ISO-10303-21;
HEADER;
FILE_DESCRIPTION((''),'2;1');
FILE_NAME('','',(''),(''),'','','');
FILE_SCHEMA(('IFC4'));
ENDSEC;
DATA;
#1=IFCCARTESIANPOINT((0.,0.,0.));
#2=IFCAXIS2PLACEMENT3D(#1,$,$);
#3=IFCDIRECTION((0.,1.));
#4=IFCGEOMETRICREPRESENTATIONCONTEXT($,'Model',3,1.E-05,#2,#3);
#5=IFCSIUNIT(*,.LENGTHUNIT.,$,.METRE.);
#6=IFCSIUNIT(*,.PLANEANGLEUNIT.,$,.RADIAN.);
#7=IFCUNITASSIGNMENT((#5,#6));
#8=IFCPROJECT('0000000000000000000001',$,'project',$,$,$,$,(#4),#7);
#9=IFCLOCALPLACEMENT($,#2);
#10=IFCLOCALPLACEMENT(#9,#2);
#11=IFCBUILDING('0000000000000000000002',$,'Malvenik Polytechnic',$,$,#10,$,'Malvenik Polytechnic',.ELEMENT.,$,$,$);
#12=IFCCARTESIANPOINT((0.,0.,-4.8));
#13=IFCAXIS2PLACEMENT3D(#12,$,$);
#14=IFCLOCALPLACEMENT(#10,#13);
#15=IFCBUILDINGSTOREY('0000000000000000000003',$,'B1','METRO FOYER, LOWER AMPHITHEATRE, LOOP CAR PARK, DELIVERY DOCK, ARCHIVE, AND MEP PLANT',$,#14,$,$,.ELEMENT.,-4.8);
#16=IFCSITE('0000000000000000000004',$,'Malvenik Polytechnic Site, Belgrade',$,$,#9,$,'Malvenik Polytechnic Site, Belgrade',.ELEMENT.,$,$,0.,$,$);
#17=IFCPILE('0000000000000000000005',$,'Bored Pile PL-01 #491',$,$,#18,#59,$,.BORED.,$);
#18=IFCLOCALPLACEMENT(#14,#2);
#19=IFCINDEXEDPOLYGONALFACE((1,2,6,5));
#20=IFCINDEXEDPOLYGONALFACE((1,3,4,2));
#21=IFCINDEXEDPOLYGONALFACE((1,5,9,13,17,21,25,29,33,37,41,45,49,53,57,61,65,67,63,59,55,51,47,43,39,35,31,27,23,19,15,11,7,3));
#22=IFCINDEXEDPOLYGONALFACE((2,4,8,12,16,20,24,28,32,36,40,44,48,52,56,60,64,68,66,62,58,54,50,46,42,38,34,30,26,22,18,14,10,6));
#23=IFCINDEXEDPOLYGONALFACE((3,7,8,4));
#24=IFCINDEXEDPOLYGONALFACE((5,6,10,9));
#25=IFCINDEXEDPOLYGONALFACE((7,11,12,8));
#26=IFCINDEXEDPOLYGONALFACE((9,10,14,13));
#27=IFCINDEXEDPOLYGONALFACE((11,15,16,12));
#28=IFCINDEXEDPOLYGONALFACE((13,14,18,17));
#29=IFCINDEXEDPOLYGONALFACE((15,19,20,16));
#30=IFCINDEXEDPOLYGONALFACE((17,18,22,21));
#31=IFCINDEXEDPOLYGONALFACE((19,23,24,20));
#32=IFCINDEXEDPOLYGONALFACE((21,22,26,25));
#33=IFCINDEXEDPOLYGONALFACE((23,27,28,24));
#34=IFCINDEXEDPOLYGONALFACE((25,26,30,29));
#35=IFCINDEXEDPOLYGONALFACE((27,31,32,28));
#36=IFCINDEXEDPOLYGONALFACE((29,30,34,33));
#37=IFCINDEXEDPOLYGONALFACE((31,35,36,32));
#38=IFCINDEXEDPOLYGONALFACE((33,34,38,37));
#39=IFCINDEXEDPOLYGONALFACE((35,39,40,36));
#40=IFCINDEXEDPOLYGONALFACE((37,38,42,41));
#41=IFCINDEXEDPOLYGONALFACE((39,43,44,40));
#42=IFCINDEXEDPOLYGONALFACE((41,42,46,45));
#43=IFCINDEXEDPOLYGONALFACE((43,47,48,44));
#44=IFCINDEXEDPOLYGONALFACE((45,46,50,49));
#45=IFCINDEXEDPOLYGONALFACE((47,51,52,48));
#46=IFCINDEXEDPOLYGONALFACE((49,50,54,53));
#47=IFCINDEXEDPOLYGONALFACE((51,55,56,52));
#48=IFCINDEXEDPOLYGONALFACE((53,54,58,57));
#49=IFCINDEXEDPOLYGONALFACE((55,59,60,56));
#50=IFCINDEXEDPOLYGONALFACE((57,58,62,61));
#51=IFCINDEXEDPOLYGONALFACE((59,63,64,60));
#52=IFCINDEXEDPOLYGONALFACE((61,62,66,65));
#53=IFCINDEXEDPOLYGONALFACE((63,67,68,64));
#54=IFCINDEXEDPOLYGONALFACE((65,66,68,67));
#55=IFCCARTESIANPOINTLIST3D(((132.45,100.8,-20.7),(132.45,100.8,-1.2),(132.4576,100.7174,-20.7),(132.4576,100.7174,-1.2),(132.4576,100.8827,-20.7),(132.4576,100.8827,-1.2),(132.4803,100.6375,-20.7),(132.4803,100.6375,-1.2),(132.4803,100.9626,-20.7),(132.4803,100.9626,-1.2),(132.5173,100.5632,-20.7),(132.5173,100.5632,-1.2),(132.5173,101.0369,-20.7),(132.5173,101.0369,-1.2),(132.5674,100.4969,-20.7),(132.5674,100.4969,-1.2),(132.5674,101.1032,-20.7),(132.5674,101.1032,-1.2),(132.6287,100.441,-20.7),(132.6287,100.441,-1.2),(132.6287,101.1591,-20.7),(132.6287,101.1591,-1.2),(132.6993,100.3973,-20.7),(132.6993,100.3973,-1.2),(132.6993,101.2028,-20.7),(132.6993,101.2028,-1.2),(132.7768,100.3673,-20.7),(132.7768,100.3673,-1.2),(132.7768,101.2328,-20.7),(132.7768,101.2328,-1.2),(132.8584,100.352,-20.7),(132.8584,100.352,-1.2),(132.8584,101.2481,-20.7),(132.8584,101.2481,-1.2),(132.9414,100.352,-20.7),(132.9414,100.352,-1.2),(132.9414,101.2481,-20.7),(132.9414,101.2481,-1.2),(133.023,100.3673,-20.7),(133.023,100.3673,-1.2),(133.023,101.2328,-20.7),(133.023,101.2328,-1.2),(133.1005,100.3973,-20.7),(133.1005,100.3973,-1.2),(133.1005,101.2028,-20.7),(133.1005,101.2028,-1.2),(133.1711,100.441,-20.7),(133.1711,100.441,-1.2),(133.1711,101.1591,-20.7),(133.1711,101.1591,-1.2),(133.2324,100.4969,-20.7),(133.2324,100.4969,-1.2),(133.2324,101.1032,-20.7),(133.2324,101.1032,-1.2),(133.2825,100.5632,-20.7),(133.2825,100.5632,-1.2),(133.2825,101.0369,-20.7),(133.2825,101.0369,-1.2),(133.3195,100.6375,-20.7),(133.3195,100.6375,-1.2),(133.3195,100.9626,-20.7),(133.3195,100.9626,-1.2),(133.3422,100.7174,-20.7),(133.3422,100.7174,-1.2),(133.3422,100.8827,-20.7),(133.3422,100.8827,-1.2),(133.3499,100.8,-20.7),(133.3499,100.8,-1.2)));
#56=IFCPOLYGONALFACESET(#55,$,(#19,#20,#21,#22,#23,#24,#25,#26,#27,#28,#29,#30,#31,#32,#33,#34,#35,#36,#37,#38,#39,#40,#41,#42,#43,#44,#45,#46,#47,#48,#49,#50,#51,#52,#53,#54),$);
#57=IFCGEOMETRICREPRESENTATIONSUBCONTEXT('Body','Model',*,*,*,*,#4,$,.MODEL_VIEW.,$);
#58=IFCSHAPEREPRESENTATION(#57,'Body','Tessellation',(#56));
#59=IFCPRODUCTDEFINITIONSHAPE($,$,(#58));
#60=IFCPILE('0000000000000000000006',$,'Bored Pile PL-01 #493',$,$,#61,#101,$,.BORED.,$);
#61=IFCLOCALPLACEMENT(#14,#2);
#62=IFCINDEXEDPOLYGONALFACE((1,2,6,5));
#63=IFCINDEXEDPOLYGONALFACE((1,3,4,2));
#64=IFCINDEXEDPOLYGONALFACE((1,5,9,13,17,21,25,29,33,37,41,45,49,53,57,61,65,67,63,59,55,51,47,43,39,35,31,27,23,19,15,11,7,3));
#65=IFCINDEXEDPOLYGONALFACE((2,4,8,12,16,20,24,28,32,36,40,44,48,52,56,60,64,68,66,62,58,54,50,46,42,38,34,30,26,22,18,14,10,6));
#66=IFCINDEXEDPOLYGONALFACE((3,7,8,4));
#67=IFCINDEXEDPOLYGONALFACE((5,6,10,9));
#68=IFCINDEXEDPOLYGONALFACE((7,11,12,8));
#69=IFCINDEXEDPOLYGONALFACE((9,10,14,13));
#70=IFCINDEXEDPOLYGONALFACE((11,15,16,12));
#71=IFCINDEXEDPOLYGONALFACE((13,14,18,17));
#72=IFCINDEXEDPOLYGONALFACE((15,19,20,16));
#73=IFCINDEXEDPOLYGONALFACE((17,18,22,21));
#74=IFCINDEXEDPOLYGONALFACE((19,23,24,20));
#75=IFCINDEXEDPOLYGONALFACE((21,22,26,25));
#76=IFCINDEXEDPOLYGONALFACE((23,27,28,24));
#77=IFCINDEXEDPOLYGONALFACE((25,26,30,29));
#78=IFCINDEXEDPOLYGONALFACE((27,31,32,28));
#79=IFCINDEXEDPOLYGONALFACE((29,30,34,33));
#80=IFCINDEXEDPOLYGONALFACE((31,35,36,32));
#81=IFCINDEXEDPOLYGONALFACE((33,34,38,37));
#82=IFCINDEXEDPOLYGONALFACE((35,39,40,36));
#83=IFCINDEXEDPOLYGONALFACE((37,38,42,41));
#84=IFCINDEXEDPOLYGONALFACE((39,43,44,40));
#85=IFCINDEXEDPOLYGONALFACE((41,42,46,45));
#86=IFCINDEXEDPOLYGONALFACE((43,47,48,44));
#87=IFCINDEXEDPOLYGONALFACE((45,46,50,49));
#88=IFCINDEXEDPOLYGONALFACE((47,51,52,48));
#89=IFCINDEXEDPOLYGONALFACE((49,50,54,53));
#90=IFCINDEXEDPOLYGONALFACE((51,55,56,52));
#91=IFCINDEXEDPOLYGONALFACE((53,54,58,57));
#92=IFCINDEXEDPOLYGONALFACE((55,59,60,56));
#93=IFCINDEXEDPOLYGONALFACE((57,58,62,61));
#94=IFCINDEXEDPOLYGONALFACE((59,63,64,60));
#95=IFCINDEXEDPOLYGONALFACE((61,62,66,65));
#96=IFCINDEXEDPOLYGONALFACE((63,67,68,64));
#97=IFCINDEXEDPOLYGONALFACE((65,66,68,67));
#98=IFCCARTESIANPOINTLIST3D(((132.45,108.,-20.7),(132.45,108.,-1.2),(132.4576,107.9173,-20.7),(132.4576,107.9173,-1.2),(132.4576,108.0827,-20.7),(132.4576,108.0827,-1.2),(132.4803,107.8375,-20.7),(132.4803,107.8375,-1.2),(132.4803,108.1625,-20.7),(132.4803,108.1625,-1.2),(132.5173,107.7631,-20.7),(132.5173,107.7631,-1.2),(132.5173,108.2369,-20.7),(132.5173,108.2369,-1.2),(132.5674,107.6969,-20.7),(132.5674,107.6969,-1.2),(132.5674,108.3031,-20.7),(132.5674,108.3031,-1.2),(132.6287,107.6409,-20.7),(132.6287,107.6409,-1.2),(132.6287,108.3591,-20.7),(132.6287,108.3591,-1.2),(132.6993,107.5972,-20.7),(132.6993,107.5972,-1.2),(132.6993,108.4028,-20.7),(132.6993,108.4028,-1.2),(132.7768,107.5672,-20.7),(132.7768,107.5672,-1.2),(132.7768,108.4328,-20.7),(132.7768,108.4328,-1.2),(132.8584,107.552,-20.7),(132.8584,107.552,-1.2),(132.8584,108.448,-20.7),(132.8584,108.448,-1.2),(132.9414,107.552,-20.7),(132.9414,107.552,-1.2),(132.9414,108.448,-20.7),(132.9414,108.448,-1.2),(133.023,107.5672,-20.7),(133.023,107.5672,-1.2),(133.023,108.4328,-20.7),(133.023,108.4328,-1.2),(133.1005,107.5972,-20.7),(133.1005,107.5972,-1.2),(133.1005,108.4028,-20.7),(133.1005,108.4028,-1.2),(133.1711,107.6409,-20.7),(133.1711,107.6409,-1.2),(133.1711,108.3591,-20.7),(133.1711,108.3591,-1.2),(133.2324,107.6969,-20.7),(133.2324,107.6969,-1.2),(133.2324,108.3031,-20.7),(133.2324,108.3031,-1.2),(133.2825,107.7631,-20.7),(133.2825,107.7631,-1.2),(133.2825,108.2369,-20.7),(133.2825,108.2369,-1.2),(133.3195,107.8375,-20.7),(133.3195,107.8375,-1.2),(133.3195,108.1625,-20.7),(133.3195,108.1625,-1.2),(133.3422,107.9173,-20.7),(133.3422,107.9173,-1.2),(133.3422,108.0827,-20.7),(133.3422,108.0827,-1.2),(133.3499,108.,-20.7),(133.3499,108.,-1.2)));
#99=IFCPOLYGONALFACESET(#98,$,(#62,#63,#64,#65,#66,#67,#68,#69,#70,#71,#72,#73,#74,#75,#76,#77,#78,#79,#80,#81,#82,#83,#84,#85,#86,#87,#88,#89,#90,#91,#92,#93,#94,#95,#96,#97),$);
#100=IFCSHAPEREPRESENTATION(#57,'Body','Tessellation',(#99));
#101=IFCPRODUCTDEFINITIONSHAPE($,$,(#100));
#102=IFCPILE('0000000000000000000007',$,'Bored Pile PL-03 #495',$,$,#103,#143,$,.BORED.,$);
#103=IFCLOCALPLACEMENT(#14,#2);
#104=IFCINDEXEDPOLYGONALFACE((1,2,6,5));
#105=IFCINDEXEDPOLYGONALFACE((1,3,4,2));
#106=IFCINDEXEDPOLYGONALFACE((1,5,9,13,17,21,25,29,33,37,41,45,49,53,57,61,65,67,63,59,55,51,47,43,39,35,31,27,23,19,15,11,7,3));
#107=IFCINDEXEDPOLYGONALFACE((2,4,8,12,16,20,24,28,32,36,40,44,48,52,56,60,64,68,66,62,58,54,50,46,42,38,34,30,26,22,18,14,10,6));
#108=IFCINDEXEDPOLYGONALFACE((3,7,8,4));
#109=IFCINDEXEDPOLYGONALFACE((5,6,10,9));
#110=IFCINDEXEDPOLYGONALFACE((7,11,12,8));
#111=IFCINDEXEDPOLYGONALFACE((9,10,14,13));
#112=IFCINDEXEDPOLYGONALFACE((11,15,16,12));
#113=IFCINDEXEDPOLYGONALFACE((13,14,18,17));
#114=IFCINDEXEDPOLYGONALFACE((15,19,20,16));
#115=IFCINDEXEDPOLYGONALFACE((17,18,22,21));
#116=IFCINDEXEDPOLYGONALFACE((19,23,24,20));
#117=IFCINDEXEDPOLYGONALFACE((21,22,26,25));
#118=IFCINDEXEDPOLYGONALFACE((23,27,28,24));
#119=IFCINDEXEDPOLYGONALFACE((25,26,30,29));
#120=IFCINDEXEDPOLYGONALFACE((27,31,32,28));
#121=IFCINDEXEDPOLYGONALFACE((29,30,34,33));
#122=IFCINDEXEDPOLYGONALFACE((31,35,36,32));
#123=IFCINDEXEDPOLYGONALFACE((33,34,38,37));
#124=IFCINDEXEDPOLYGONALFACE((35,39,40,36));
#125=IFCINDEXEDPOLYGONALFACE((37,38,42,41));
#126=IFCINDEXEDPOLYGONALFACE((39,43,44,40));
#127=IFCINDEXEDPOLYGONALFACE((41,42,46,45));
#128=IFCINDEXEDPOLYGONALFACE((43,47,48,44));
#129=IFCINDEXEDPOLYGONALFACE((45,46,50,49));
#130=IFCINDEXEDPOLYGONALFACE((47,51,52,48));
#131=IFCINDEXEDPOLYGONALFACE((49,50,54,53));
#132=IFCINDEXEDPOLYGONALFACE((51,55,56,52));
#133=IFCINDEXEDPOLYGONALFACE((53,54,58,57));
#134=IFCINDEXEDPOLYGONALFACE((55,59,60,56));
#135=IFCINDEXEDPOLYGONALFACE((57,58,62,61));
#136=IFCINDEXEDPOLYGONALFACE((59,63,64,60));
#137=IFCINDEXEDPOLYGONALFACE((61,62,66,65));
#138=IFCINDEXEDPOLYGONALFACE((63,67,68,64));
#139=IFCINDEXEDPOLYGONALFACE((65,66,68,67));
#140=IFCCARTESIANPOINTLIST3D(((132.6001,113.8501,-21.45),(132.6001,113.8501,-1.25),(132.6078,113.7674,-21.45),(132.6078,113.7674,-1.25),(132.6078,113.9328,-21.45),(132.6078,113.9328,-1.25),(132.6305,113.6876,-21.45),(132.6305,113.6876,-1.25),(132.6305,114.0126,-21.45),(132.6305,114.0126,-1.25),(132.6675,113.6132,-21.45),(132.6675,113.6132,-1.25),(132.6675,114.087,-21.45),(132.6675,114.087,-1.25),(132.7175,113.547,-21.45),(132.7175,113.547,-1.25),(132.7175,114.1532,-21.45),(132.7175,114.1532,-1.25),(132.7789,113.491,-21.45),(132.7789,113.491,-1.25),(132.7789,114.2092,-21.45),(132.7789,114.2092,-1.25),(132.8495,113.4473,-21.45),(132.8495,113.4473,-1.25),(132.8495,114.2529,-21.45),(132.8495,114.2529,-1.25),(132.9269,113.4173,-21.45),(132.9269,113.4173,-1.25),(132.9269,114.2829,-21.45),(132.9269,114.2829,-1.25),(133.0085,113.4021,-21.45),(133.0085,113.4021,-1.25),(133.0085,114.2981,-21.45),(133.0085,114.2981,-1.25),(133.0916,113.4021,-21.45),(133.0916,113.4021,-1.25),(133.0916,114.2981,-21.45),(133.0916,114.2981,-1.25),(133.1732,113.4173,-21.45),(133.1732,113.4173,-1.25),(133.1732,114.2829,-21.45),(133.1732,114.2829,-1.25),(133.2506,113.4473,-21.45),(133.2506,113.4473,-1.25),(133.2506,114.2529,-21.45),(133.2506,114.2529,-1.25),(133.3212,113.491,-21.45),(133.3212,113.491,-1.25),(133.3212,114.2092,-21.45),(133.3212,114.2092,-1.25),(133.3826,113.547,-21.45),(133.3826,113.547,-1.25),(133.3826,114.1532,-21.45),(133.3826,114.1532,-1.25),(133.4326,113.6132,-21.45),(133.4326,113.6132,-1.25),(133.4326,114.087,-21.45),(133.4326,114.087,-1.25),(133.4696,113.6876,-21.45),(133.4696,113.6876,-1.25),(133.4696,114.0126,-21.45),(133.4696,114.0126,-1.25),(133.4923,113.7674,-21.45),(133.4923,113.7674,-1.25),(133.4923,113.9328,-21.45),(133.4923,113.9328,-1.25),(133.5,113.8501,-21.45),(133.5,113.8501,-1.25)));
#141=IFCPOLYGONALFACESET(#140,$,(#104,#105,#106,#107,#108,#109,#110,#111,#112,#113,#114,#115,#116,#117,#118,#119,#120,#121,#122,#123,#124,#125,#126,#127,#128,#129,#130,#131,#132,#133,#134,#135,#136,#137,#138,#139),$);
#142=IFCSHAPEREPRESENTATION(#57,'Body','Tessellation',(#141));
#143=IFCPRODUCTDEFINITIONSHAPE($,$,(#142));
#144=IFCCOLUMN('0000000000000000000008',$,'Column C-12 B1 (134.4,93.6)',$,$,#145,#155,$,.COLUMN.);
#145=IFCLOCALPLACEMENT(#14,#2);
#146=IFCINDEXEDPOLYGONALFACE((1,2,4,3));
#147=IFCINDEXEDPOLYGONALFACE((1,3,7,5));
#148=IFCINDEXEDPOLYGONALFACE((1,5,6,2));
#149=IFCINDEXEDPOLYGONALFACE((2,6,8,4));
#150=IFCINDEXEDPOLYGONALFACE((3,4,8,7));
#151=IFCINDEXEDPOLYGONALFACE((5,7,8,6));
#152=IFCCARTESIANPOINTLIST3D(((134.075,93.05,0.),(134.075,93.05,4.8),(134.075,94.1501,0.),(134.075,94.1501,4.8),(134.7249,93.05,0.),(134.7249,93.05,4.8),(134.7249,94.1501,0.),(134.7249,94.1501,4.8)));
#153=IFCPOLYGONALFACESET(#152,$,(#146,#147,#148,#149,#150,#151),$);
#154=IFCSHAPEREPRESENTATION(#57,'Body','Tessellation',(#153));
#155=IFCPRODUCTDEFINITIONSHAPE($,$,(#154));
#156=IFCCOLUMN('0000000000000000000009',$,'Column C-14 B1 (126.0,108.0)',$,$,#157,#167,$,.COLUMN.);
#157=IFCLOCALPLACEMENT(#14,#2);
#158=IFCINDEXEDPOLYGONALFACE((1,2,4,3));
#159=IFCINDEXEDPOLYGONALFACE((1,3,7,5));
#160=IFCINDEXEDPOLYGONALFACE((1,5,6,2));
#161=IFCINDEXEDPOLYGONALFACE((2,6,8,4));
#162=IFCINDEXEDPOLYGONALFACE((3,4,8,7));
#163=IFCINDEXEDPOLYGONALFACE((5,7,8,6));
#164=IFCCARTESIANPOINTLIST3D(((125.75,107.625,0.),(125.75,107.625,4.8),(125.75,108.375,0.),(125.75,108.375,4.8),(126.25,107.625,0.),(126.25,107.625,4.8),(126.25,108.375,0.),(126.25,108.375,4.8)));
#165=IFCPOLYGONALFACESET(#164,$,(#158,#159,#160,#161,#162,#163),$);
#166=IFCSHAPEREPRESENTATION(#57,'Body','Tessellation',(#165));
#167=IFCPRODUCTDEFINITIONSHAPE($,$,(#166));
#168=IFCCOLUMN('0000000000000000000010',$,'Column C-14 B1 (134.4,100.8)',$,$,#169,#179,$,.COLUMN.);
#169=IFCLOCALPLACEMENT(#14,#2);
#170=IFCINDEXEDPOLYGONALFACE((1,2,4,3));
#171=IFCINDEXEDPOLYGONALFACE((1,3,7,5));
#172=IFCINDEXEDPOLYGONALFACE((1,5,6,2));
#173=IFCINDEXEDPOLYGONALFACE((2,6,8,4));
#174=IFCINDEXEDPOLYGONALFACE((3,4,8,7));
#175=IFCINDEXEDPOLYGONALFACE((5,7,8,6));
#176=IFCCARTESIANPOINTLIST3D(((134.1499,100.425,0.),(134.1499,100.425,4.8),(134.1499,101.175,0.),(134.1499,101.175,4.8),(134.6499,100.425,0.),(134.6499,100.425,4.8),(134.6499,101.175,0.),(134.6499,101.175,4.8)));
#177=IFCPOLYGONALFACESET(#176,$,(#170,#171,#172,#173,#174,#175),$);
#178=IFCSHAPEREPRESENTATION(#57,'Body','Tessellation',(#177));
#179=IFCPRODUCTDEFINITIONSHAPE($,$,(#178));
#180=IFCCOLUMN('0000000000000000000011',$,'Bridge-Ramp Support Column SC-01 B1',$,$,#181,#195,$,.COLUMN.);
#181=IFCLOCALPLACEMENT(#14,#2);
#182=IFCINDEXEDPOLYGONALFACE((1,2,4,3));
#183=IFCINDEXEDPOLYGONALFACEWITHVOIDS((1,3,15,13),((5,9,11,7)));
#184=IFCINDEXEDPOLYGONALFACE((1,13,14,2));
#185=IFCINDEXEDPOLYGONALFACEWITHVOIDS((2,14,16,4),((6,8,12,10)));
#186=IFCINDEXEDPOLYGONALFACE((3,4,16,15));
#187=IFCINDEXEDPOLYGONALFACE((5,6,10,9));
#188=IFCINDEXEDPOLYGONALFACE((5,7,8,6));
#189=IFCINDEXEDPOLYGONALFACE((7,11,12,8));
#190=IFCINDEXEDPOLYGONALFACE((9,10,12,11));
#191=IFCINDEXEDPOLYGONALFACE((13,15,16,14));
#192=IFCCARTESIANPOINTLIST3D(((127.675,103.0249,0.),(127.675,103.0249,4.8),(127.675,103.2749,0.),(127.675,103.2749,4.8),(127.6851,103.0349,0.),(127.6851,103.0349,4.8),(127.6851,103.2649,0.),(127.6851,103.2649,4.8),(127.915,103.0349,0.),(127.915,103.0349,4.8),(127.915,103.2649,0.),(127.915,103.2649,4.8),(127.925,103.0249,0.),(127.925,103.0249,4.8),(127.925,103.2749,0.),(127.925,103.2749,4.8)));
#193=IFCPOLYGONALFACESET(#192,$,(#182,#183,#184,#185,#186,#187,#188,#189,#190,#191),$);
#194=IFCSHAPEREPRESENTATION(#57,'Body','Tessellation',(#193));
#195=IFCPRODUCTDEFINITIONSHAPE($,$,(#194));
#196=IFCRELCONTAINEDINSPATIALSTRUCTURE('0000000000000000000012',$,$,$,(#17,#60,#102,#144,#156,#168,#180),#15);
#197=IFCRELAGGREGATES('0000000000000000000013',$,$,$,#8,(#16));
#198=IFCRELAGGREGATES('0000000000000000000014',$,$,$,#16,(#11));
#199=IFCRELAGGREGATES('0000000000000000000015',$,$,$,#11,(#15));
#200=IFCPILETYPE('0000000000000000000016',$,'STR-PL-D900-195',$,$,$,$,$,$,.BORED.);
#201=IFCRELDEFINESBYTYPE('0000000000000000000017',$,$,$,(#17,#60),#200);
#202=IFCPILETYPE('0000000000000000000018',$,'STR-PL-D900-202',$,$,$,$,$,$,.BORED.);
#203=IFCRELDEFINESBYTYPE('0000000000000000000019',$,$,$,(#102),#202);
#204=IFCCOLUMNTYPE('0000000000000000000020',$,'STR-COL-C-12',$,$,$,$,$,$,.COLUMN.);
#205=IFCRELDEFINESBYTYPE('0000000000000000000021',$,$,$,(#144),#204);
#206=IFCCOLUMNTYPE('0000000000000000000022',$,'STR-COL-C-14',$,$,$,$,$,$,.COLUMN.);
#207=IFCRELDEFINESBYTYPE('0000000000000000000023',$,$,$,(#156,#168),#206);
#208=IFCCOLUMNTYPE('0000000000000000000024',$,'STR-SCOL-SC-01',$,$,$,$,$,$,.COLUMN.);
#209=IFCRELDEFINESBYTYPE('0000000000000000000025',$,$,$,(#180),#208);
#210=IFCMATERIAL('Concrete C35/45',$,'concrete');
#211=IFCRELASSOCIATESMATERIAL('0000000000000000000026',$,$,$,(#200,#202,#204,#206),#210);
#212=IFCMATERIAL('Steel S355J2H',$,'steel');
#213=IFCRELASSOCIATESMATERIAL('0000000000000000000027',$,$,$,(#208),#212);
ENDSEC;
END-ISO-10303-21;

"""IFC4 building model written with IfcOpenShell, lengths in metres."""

from ifc_helpers import new_model, si_unit, direction, frame, origin, origin_2d, place, context, subcontext, project, spatial, rectangle, hollow_rectangle, circle, extrude, material, material_profile, profile_set, type_object, element, save


model = new_model("IFC4")

# Units and contexts
model_context = context("Model", 3, precision=1e-05, world=origin(), true_north=direction((0.0, 1.0)))
body_context = subcontext(model_context, "Body", "Model", "MODEL_VIEW")
ifc_project = project(units=[si_unit("LENGTHUNIT", "METRE"), si_unit("PLANEANGLEUNIT", "RADIAN")], contexts=[model_context])

# Site, building, storey
site_placement = place(None, origin())
site = spatial("IfcSite", under=ifc_project, at=site_placement, Name="Malvenik Polytechnic Site, Belgrade", LongName="Malvenik Polytechnic Site, Belgrade", CompositionType="ELEMENT", RefElevation=0.0)
building_placement = place(site_placement, origin())
building = spatial("IfcBuilding", under=site, at=building_placement, Name="Malvenik Polytechnic", LongName="Malvenik Polytechnic", CompositionType="ELEMENT")
storey_placement = place(building_placement, frame((0.0, 0.0, -4.8)))
storey = spatial("IfcBuildingStorey", under=building, at=storey_placement, Name="B1", Description="METRO FOYER, LOWER AMPHITHEATRE, LOOP CAR PARK, DELIVERY DOCK, ARCHIVE, AND MEP PLANT", CompositionType="ELEMENT", Elevation=-4.8)

# Shared definitions
ifc_material_1 = material(Name="Concrete C35/45", Category="concrete")

# Piles
ifc_material_profile_1 = material_profile(ifc_material_1, circle(Radius=0.45, at=origin_2d()), Name="BORED PILE D900")
ifc_profile_set_1 = profile_set([ifc_material_profile_1], Name="Concrete C35/45")
pile_type_1 = type_object("IfcPileType", Name="STR-PL-D900-195", PredefinedType="BORED", material=ifc_profile_set_1)
for number, where, z_axis, x_axis, name in (
    (1, (132.8999, 100.8, -1.2), (0.0, 0.0, -1.0), (1.0, 0.0, 0.0), "Bored Pile PL-01 #491"),
    (2, (132.8999, 108.0, -1.2), (0.0, 0.0, -1.0), (1.0, 0.0, 0.0), "Bored Pile PL-01 #493"),
):
    element("IfcPile", number, at=place(storey_placement, frame(where, z_axis=z_axis, x_axis=x_axis)), inside=storey, type_object=pile_type_1, Name=name, PredefinedType="BORED", context=body_context, shape_type="SweptSolid", body=[
        extrude(circle(Radius=0.45, at=origin_2d()), origin(), (0.0, 0.0, 1.0), 19.5),
    ])
ifc_material_profile_2 = material_profile(ifc_material_1, circle(Radius=0.45, at=origin_2d()), Name="BORED PILE D900")
ifc_profile_set_2 = profile_set([ifc_material_profile_2], Name="Concrete C35/45")
pile_type_2 = type_object("IfcPileType", Name="STR-PL-D900-202", PredefinedType="BORED", material=ifc_profile_set_2)
pile_1_placement = place(storey_placement, frame((133.05, 113.8501, -1.25), z_axis=(0.0, 0.0, -1.0), x_axis=(1.0, 0.0, 0.0)))
element("IfcPile", 3, at=pile_1_placement, inside=storey, type_object=pile_type_2, Name="Bored Pile PL-03 #495", PredefinedType="BORED", context=body_context, shape_type="SweptSolid", body=[
    extrude(circle(Radius=0.45, at=origin_2d()), origin(), (0.0, 0.0, 1.0), 20.2),
])

# Columns
ifc_material_profile_3 = material_profile(ifc_material_1, rectangle(XDim=0.6499, YDim=1.1001, at=origin_2d()), Name="RC COL 1100x650")
ifc_profile_set_3 = profile_set([ifc_material_profile_3], Name="Concrete C35/45")
column_type_1 = type_object("IfcColumnType", Name="STR-COL-C-12", PredefinedType="COLUMN", material=ifc_profile_set_3)
column_placement = place(storey_placement, frame((134.3999, 93.6001, 0.0), z_axis=(0.0, 0.0, 1.0), x_axis=(1.0, 0.0, 0.0)))
element("IfcColumn", 4, at=column_placement, inside=storey, type_object=column_type_1, Name="Column C-12 B1 (134.4,93.6)", PredefinedType="COLUMN", context=body_context, shape_type="SweptSolid", body=[
    extrude(rectangle(XDim=0.6499, YDim=1.1001, at=origin_2d()), origin(), (0.0, 0.0, 1.0), 4.8),
])
ifc_material_profile_4 = material_profile(ifc_material_1, rectangle(XDim=0.5, YDim=0.75, at=origin_2d()), Name="RC COL 750x500")
ifc_profile_set_4 = profile_set([ifc_material_profile_4], Name="Concrete C35/45")
column_type_2 = type_object("IfcColumnType", Name="STR-COL-C-14", PredefinedType="COLUMN", material=ifc_profile_set_4)
for number, where, z_axis, x_axis, name in (
    (5, (126.0, 108.0, 0.0), (0.0, 0.0, 1.0), (1.0, 0.0, 0.0), "Column C-14 B1 (126.0,108.0)"),
    (6, (134.3999, 100.8, 0.0), (0.0, 0.0, 1.0), (1.0, 0.0, 0.0), "Column C-14 B1 (134.4,100.8)"),
):
    element("IfcColumn", number, at=place(storey_placement, frame(where, z_axis=z_axis, x_axis=x_axis)), inside=storey, type_object=column_type_2, Name=name, PredefinedType="COLUMN", context=body_context, shape_type="SweptSolid", body=[
        extrude(rectangle(XDim=0.5, YDim=0.75, at=origin_2d()), origin(), (0.0, 0.0, 1.0), 4.8),
    ])
ifc_material_2 = material(Name="Steel S355J2H", Category="steel")
ifc_material_profile_5 = material_profile(ifc_material_2, hollow_rectangle(XDim=0.25, YDim=0.25, WallThickness=0.01, at=origin_2d()), Name="SHS 250x250x10.0")
ifc_profile_set_5 = profile_set([ifc_material_profile_5], Name="Steel S355J2H")
column_type_3 = type_object("IfcColumnType", Name="STR-SCOL-SC-01", PredefinedType="COLUMN", material=ifc_profile_set_5)
for number, where, z_axis, x_axis, name in (
    (7, (127.8, 103.1499, 0.0), (0.0, 0.0, 1.0), (1.0, 0.0, 0.0), "Bridge-Ramp Support Column SC-01 B1"),
):
    element("IfcColumn", number, at=place(storey_placement, frame(where, z_axis=z_axis, x_axis=x_axis)), inside=storey, type_object=column_type_3, Name=name, PredefinedType="COLUMN", context=body_context, shape_type="SweptSolid", body=[
        extrude(hollow_rectangle(XDim=0.25, YDim=0.25, WallThickness=0.01, at=origin_2d()), origin(), (0.0, 0.0, 1.0), 4.8),
    ])

save(model, "model.ifc")
